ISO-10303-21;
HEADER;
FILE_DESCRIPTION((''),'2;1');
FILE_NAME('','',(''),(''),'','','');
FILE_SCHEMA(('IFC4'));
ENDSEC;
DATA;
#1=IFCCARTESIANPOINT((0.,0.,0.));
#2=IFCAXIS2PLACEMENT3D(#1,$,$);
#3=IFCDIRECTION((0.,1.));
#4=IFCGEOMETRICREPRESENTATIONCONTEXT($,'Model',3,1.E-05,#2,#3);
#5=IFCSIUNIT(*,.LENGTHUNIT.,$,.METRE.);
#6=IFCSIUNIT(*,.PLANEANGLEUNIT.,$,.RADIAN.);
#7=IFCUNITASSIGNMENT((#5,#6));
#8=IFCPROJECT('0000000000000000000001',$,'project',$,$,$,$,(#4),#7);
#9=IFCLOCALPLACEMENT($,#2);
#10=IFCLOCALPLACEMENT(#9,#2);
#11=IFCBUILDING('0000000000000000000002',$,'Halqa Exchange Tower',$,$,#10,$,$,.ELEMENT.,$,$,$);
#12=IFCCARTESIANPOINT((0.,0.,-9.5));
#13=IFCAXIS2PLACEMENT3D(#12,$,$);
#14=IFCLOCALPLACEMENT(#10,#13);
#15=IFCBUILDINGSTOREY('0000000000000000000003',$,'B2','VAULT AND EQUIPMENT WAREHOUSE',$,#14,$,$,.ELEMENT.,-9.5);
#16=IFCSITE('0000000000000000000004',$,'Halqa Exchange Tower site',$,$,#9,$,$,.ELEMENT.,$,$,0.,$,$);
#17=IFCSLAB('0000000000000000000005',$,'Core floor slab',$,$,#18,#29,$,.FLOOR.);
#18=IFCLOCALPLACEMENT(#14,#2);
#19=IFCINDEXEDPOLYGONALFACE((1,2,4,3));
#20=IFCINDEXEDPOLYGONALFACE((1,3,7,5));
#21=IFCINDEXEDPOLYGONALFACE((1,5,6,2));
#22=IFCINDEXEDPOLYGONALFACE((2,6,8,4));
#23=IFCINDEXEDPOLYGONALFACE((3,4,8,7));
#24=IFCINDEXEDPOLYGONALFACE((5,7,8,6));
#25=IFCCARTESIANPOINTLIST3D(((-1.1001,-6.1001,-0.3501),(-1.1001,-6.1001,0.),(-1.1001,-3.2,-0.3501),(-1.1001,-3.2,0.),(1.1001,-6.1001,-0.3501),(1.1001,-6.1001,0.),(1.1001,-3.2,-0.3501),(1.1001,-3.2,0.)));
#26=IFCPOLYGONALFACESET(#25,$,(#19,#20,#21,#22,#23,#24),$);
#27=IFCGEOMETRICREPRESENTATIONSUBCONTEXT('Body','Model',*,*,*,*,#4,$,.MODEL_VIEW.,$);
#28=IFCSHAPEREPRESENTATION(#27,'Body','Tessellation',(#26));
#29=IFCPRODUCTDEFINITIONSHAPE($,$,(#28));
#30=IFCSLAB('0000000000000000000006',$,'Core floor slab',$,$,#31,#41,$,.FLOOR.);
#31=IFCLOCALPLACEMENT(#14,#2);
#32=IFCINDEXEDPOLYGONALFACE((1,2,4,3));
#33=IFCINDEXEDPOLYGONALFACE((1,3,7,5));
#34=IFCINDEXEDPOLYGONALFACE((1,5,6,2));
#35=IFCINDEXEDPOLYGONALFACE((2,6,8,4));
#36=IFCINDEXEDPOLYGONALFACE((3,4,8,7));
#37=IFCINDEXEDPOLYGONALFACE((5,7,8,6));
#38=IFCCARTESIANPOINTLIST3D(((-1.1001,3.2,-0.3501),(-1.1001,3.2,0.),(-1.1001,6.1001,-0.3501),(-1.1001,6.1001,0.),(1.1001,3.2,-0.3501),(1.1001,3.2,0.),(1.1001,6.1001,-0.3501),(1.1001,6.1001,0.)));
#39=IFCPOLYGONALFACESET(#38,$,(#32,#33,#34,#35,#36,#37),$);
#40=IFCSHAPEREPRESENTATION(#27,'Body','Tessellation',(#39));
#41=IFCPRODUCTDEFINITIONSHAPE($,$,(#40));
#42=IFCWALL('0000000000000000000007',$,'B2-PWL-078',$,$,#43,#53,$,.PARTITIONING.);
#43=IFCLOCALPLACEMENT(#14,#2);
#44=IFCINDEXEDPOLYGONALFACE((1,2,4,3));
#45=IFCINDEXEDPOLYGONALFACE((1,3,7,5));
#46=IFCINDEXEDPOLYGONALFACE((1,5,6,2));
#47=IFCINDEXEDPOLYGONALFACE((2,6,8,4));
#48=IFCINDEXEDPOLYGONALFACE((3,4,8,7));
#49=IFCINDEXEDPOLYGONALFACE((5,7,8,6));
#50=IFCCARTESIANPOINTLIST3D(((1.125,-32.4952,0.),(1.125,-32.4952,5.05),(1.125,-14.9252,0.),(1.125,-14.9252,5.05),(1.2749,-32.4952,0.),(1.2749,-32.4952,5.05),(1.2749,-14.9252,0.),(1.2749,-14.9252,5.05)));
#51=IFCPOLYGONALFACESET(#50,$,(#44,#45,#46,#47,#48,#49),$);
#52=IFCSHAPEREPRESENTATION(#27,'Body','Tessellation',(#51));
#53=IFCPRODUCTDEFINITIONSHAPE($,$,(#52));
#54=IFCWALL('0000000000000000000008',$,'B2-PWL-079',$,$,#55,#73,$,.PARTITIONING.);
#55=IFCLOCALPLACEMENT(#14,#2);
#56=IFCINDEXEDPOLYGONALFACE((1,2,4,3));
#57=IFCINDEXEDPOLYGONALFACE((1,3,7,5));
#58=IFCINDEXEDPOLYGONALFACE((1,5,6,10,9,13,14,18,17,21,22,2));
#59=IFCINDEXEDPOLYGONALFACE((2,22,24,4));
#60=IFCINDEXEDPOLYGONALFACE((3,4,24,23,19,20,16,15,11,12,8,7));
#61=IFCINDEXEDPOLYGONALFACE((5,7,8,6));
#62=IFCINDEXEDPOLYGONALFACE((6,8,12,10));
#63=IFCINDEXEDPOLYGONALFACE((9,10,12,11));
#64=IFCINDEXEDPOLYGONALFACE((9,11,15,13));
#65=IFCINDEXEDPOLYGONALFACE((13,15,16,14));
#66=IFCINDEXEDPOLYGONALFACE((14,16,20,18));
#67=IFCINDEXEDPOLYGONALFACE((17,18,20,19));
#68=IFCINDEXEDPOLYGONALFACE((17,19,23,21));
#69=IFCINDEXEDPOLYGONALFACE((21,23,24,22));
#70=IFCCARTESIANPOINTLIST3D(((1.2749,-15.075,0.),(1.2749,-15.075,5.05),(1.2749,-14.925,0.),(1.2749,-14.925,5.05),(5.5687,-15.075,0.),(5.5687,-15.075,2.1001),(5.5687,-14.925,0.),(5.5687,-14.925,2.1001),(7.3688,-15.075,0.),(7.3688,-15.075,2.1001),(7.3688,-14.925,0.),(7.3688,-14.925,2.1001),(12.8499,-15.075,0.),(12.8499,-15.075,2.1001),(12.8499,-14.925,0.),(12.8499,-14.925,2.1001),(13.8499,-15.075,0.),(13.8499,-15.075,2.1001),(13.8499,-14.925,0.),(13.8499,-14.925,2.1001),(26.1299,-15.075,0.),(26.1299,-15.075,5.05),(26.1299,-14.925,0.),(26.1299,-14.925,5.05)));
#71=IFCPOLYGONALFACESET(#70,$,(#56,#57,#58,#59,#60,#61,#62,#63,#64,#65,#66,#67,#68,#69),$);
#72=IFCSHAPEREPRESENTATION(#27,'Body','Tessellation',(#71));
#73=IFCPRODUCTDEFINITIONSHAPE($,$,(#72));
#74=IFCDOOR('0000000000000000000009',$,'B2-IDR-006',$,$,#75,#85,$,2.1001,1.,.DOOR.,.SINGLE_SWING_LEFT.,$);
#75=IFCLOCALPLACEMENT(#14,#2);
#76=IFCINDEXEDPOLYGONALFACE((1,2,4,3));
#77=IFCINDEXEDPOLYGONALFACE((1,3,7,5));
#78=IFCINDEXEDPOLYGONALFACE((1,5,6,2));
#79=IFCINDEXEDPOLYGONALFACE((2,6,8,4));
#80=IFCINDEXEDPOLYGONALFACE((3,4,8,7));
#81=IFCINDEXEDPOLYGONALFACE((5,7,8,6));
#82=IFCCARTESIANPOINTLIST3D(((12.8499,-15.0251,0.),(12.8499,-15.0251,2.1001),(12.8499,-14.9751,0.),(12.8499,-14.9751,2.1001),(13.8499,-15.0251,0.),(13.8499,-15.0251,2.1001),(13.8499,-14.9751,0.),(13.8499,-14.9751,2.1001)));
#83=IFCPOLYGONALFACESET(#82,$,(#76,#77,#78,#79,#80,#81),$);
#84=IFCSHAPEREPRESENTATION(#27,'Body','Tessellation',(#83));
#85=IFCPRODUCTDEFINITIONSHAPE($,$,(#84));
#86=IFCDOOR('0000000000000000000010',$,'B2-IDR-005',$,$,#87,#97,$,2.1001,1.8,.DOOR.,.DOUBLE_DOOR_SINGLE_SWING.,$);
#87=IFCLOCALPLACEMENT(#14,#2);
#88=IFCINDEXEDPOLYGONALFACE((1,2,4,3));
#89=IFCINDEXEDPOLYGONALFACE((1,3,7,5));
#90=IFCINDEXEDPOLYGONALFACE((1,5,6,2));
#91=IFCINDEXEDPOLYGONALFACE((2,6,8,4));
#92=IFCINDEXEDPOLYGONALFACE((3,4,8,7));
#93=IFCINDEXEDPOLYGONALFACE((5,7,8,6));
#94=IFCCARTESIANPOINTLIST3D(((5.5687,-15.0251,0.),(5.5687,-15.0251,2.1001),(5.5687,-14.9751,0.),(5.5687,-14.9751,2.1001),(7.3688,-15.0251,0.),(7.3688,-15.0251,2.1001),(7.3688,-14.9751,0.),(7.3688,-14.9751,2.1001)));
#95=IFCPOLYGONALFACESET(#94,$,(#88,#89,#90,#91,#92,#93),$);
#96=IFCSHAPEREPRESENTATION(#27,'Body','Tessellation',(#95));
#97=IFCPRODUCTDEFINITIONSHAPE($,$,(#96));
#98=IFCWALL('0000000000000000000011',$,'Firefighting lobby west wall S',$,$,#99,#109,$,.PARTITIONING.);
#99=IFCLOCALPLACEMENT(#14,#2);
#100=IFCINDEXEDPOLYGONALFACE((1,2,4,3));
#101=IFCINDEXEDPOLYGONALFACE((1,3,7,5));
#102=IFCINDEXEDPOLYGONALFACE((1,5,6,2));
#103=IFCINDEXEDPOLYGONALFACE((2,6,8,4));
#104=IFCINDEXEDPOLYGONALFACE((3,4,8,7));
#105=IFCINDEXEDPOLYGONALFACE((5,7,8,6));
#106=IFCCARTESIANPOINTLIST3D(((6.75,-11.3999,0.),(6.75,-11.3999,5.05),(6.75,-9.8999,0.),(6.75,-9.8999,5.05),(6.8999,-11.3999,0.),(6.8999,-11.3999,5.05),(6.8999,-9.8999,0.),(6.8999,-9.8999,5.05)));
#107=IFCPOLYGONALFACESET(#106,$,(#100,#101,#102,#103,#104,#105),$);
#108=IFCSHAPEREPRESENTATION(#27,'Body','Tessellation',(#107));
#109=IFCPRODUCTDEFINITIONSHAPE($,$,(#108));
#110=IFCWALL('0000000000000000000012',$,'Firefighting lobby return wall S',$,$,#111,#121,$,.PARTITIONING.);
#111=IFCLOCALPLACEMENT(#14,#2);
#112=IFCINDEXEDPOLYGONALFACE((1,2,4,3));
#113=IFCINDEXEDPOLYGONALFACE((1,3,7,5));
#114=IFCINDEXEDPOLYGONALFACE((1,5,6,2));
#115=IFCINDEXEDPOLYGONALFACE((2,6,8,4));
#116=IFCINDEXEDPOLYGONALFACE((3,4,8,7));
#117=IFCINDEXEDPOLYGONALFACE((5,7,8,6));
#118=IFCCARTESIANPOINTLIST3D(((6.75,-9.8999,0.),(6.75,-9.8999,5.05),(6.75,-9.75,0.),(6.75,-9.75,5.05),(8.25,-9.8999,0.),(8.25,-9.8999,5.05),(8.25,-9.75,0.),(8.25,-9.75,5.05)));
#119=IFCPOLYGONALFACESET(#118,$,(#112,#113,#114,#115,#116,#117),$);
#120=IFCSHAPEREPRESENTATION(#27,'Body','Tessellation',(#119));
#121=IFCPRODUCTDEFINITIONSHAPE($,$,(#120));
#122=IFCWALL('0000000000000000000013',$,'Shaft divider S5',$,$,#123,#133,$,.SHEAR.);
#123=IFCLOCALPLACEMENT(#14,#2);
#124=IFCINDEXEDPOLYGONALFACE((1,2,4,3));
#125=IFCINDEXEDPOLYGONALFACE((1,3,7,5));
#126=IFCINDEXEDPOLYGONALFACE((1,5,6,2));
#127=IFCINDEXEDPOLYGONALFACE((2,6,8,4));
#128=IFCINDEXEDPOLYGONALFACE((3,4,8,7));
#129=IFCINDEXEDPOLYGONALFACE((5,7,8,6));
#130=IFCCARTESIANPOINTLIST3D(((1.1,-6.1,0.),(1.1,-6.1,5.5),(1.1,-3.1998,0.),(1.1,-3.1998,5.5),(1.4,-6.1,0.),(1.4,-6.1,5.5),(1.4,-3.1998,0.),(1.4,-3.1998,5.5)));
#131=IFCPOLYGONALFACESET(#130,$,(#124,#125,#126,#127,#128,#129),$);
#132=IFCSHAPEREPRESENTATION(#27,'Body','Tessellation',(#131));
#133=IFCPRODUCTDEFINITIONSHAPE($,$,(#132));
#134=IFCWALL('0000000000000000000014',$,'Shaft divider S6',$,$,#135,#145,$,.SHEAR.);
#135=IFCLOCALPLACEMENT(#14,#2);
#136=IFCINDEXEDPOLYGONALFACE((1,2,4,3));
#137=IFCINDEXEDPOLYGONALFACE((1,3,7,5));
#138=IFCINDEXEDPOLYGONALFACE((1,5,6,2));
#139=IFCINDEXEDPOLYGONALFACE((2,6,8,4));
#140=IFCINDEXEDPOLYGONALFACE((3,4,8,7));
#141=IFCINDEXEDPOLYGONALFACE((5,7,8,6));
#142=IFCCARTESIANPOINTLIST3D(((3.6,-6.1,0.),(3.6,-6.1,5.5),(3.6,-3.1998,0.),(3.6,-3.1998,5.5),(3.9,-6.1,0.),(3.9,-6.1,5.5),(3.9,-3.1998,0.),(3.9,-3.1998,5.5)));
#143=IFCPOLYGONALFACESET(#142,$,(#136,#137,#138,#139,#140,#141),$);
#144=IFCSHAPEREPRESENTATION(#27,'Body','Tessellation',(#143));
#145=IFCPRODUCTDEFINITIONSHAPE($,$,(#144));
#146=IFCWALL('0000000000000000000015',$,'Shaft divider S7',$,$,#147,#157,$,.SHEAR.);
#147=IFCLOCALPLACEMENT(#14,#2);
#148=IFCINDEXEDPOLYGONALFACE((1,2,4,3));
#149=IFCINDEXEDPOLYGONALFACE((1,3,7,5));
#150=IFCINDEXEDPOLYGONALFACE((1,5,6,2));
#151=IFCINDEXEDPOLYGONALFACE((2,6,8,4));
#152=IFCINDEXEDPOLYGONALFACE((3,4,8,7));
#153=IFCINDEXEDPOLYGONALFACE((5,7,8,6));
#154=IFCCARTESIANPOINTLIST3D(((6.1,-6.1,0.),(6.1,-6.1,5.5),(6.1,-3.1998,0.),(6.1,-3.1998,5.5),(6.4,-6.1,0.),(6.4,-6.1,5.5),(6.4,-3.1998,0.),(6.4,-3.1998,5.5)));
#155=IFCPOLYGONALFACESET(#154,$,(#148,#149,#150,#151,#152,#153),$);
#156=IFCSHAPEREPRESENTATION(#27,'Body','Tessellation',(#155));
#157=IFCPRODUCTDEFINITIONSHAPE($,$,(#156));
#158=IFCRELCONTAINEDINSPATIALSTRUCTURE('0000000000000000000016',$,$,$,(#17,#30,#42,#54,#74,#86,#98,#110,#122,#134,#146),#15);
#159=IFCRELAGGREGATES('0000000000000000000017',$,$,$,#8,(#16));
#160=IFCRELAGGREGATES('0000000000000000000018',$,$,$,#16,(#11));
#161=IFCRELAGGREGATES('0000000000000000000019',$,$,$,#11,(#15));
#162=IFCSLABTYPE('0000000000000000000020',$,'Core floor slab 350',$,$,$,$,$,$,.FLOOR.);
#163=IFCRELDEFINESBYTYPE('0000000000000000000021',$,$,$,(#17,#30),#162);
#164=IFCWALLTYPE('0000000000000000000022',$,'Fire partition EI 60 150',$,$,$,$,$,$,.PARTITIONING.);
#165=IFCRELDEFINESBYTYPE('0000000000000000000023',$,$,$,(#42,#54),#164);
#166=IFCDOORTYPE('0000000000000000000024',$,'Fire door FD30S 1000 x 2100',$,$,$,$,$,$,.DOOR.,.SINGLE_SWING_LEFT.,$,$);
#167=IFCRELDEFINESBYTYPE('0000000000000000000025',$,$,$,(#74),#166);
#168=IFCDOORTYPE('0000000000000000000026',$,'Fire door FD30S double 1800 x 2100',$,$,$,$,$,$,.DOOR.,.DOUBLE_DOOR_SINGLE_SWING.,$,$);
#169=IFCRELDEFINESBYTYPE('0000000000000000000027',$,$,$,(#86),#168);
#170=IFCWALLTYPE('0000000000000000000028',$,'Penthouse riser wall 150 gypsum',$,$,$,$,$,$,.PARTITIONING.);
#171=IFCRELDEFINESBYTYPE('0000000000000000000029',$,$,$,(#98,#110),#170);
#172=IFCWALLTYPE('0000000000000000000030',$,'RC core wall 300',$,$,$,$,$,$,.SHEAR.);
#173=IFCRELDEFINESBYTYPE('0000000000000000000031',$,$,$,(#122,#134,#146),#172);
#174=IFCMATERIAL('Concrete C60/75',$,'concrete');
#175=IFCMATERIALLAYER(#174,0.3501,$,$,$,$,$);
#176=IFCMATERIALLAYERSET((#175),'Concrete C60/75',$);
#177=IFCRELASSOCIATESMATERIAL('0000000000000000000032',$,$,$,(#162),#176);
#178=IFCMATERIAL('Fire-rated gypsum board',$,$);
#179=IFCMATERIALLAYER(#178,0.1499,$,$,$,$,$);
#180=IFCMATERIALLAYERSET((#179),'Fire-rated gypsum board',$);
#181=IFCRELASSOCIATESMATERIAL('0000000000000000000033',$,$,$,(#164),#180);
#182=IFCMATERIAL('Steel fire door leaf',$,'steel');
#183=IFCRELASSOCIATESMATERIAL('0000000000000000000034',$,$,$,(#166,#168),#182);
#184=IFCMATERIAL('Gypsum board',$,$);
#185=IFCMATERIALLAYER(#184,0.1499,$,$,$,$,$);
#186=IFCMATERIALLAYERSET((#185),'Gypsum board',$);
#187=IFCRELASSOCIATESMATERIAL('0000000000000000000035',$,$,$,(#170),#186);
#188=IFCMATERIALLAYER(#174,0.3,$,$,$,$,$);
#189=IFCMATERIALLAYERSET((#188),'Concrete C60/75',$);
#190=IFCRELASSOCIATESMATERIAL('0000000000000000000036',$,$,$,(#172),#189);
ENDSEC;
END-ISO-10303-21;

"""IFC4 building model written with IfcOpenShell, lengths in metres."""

from ifc_helpers import new_model, si_unit, direction, frame, frame_2d, origin, place, context, subcontext, project, spatial, polyline, rectangle, outline, extrude, material, layer, layer_set, type_object, element, fill, save


model = new_model("IFC4")

# Units and contexts
model_context = context("Model", 3, precision=1e-05, world=origin(), true_north=direction((0.0, 1.0)))
body_context = subcontext(model_context, "Body", "Model", "MODEL_VIEW")
ifc_project = project(units=[si_unit("LENGTHUNIT", "METRE"), si_unit("PLANEANGLEUNIT", "RADIAN")], contexts=[model_context])

# Site, building, storey
site_placement = place(None, origin())
site = spatial("IfcSite", under=ifc_project, at=site_placement, Name="Halqa Exchange Tower site", CompositionType="ELEMENT", RefElevation=0.0)
building_placement = place(site_placement, origin())
building = spatial("IfcBuilding", under=site, at=building_placement, Name="Halqa Exchange Tower", CompositionType="ELEMENT")
storey_placement = place(building_placement, frame((0.0, 0.0, -9.5)))
storey = spatial("IfcBuildingStorey", under=building, at=storey_placement, Name="B2", Description="VAULT AND EQUIPMENT WAREHOUSE", CompositionType="ELEMENT", Elevation=-9.5)

# Slabs
ifc_material_1 = material(Name="Concrete C60/75", Category="concrete")
ifc_layer_1 = layer(ifc_material_1, 0.3501)
ifc_layer_set_1 = layer_set([ifc_layer_1], Name="Concrete C60/75")
slab_type = type_object("IfcSlabType", Name="Core floor slab 350", PredefinedType="FLOOR", material=ifc_layer_set_1)
slab_1_placement = place(storey_placement, frame((0.0, 0.0, -0.3501)))
element("IfcSlab", 1, at=slab_1_placement, inside=storey, type_object=slab_type, Name="Core floor slab", PredefinedType="FLOOR", context=body_context, shape_type="SweptSolid", body=[
    extrude(outline(polyline([(1.1001, -3.2), (1.1001, -6.1001), (-1.1001, -6.1001), (-1.1001, -3.2), (1.1001, -3.2)])), origin(), (0.0, 0.0, 1.0), 0.3501),
])
slab_2_placement = place(storey_placement, frame((0.0, 0.0, -0.3501)))
element("IfcSlab", 2, at=slab_2_placement, inside=storey, type_object=slab_type, Name="Core floor slab", PredefinedType="FLOOR", context=body_context, shape_type="SweptSolid", body=[
    extrude(outline(polyline([(1.1001, 6.1001), (1.1001, 3.2), (-1.1001, 3.2), (-1.1001, 6.1001), (1.1001, 6.1001)])), origin(), (0.0, 0.0, 1.0), 0.3501),
])

# Wall
ifc_material_2 = material(Name="Fire-rated gypsum board")
ifc_layer_2 = layer(ifc_material_2, 0.1499)
ifc_layer_set_2 = layer_set([ifc_layer_2], Name="Fire-rated gypsum board")
wall_type_1 = type_object("IfcWallType", Name="Fire partition EI 60 150", PredefinedType="PARTITIONING", material=ifc_layer_set_2)
wall_1_placement = place(storey_placement, frame((1.2, -14.925, 0.0), z_axis=(0.0, 0.0, 1.0), x_axis=(0.0, -1.0, 0.0)))
element("IfcWall", 3, at=wall_1_placement, inside=storey, type_object=wall_type_1, Name="B2-PWL-078", PredefinedType="PARTITIONING", context=body_context, shape_type="SweptSolid", body=[
    extrude(rectangle(XDim=17.5701, YDim=0.1499, at=frame_2d((8.7852, 0.0))), origin(), (0.0, 0.0, 1.0), 5.05),
])

# Wall, openings, doors
wall_2_placement = place(storey_placement, frame((1.2749, -15.0, 0.0), z_axis=(0.0, 0.0, 1.0), x_axis=(1.0, 0.0, 0.0)))
wall_2 = element("IfcWall", 4, at=wall_2_placement, inside=storey, type_object=wall_type_1, Name="B2-PWL-079", PredefinedType="PARTITIONING", context=body_context, shape_type="SweptSolid", body=[
    extrude(rectangle(XDim=24.855, YDim=0.1499, at=frame_2d((12.4275, 0.0))), origin(), (0.0, 0.0, 1.0), 5.05),
])
opening_1_placement = place(wall_2_placement, frame((4.2939, 0.0, 0.0)))
opening_1 = element("IfcOpeningElement", 5, at=opening_1_placement, cuts=wall_2, PredefinedType="OPENING", context=body_context, shape_type="SweptSolid", body=[
    extrude(rectangle(XDim=1.8, YDim=2.1001, at=frame_2d((0.8999, 1.05))), frame((0.0, 0.0869, 0.0), z_axis=(0.0, -1.0, 0.0), x_axis=(1.0, 0.0, 0.0)), (0.0, 0.0, 1.0), 0.1738),
])
opening_2_placement = place(wall_2_placement, frame((11.575, 0.0, 0.0)))
opening_2 = element("IfcOpeningElement", 6, at=opening_2_placement, cuts=wall_2, PredefinedType="OPENING", context=body_context, shape_type="SweptSolid", body=[
    extrude(rectangle(XDim=1.0, YDim=2.1001, at=frame_2d((0.5, 1.05))), frame((0.0, 0.0869, 0.0), z_axis=(0.0, -1.0, 0.0), x_axis=(1.0, 0.0, 0.0)), (0.0, 0.0, 1.0), 0.1738),
])
ifc_material_3 = material(Name="Steel fire door leaf", Category="steel")
door_type_1 = type_object("IfcDoorType", Name="Fire door FD30S 1000 x 2100", OperationType="SINGLE_SWING_LEFT", PredefinedType="DOOR", material=ifc_material_3)
door_1_placement = place(opening_2_placement, origin())
door_1 = element("IfcDoor", 7, at=door_1_placement, inside=storey, type_object=door_type_1, Name="B2-IDR-006", OperationType="SINGLE_SWING_LEFT", OverallHeight=2.1001, OverallWidth=1.0, PredefinedType="DOOR", context=body_context, shape_type="SweptSolid", body=[
    extrude(rectangle(XDim=1.0, YDim=2.1001, at=frame_2d((0.5, 1.05))), frame((0.0, 0.0249, 0.0), z_axis=(0.0, -1.0, 0.0), x_axis=(1.0, 0.0, 0.0)), (0.0, 0.0, 1.0), 0.05),
])
fill(opening_2, door_1)
door_type_2 = type_object("IfcDoorType", Name="Fire door FD30S double 1800 x 2100", OperationType="DOUBLE_DOOR_SINGLE_SWING", PredefinedType="DOOR", material=ifc_material_3)
door_2_placement = place(opening_1_placement, origin())
door_2 = element("IfcDoor", 8, at=door_2_placement, inside=storey, type_object=door_type_2, Name="B2-IDR-005", OperationType="DOUBLE_DOOR_SINGLE_SWING", OverallHeight=2.1001, OverallWidth=1.8, PredefinedType="DOOR", context=body_context, shape_type="SweptSolid", body=[
    extrude(rectangle(XDim=1.8, YDim=2.1001, at=frame_2d((0.8999, 1.05))), frame((0.0, 0.0249, 0.0), z_axis=(0.0, -1.0, 0.0), x_axis=(1.0, 0.0, 0.0)), (0.0, 0.0, 1.0), 0.05),
])
fill(opening_1, door_2)

# Walls
ifc_material_4 = material(Name="Gypsum board")
ifc_layer_3 = layer(ifc_material_4, 0.1499)
ifc_layer_set_3 = layer_set([ifc_layer_3], Name="Gypsum board")
wall_type_2 = type_object("IfcWallType", Name="Penthouse riser wall 150 gypsum", PredefinedType="PARTITIONING", material=ifc_layer_set_3)
for number, where, z_axis, x_axis, name in (
    (9, (6.825, -11.3999, 0.0), (0.0, 0.0, 1.0), (0.0, 1.0, 0.0), "Firefighting lobby west wall S"),
    (10, (6.75, -9.825, 0.0), (0.0, 0.0, 1.0), (1.0, 0.0, 0.0), "Firefighting lobby return wall S"),
):
    element("IfcWall", number, at=place(storey_placement, frame(where, z_axis=z_axis, x_axis=x_axis)), inside=storey, type_object=wall_type_2, Name=name, PredefinedType="PARTITIONING", context=body_context, shape_type="SweptSolid", body=[
        extrude(rectangle(XDim=1.5, YDim=0.1499, at=frame_2d((0.75, 0.0))), origin(), (0.0, 0.0, 1.0), 5.05),
    ])
ifc_layer_4 = layer(ifc_material_1, 0.3)
ifc_layer_set_4 = layer_set([ifc_layer_4], Name="Concrete C60/75")
wall_type_3 = type_object("IfcWallType", Name="RC core wall 300", PredefinedType="SHEAR", material=ifc_layer_set_4)
for number, where, z_axis, x_axis, name in (
    (11, (1.25, -6.1001, 0.0), (0.0, 0.0, 1.0), (0.0, 1.0, 0.0), "Shaft divider S5"),
    (12, (3.75, -6.1001, 0.0), (0.0, 0.0, 1.0), (0.0, 1.0, 0.0), "Shaft divider S6"),
    (13, (6.25, -6.1001, 0.0), (0.0, 0.0, 1.0), (0.0, 1.0, 0.0), "Shaft divider S7"),
):
    element("IfcWall", number, at=place(storey_placement, frame(where, z_axis=z_axis, x_axis=x_axis)), inside=storey, type_object=wall_type_3, Name=name, PredefinedType="SHEAR", context=body_context, shape_type="SweptSolid", body=[
        extrude(rectangle(XDim=2.9001, YDim=0.3, at=frame_2d((1.4502, 0.0))), origin(), (0.0, 0.0, 1.0), 5.5),
    ])

save(model, "model.ifc")
